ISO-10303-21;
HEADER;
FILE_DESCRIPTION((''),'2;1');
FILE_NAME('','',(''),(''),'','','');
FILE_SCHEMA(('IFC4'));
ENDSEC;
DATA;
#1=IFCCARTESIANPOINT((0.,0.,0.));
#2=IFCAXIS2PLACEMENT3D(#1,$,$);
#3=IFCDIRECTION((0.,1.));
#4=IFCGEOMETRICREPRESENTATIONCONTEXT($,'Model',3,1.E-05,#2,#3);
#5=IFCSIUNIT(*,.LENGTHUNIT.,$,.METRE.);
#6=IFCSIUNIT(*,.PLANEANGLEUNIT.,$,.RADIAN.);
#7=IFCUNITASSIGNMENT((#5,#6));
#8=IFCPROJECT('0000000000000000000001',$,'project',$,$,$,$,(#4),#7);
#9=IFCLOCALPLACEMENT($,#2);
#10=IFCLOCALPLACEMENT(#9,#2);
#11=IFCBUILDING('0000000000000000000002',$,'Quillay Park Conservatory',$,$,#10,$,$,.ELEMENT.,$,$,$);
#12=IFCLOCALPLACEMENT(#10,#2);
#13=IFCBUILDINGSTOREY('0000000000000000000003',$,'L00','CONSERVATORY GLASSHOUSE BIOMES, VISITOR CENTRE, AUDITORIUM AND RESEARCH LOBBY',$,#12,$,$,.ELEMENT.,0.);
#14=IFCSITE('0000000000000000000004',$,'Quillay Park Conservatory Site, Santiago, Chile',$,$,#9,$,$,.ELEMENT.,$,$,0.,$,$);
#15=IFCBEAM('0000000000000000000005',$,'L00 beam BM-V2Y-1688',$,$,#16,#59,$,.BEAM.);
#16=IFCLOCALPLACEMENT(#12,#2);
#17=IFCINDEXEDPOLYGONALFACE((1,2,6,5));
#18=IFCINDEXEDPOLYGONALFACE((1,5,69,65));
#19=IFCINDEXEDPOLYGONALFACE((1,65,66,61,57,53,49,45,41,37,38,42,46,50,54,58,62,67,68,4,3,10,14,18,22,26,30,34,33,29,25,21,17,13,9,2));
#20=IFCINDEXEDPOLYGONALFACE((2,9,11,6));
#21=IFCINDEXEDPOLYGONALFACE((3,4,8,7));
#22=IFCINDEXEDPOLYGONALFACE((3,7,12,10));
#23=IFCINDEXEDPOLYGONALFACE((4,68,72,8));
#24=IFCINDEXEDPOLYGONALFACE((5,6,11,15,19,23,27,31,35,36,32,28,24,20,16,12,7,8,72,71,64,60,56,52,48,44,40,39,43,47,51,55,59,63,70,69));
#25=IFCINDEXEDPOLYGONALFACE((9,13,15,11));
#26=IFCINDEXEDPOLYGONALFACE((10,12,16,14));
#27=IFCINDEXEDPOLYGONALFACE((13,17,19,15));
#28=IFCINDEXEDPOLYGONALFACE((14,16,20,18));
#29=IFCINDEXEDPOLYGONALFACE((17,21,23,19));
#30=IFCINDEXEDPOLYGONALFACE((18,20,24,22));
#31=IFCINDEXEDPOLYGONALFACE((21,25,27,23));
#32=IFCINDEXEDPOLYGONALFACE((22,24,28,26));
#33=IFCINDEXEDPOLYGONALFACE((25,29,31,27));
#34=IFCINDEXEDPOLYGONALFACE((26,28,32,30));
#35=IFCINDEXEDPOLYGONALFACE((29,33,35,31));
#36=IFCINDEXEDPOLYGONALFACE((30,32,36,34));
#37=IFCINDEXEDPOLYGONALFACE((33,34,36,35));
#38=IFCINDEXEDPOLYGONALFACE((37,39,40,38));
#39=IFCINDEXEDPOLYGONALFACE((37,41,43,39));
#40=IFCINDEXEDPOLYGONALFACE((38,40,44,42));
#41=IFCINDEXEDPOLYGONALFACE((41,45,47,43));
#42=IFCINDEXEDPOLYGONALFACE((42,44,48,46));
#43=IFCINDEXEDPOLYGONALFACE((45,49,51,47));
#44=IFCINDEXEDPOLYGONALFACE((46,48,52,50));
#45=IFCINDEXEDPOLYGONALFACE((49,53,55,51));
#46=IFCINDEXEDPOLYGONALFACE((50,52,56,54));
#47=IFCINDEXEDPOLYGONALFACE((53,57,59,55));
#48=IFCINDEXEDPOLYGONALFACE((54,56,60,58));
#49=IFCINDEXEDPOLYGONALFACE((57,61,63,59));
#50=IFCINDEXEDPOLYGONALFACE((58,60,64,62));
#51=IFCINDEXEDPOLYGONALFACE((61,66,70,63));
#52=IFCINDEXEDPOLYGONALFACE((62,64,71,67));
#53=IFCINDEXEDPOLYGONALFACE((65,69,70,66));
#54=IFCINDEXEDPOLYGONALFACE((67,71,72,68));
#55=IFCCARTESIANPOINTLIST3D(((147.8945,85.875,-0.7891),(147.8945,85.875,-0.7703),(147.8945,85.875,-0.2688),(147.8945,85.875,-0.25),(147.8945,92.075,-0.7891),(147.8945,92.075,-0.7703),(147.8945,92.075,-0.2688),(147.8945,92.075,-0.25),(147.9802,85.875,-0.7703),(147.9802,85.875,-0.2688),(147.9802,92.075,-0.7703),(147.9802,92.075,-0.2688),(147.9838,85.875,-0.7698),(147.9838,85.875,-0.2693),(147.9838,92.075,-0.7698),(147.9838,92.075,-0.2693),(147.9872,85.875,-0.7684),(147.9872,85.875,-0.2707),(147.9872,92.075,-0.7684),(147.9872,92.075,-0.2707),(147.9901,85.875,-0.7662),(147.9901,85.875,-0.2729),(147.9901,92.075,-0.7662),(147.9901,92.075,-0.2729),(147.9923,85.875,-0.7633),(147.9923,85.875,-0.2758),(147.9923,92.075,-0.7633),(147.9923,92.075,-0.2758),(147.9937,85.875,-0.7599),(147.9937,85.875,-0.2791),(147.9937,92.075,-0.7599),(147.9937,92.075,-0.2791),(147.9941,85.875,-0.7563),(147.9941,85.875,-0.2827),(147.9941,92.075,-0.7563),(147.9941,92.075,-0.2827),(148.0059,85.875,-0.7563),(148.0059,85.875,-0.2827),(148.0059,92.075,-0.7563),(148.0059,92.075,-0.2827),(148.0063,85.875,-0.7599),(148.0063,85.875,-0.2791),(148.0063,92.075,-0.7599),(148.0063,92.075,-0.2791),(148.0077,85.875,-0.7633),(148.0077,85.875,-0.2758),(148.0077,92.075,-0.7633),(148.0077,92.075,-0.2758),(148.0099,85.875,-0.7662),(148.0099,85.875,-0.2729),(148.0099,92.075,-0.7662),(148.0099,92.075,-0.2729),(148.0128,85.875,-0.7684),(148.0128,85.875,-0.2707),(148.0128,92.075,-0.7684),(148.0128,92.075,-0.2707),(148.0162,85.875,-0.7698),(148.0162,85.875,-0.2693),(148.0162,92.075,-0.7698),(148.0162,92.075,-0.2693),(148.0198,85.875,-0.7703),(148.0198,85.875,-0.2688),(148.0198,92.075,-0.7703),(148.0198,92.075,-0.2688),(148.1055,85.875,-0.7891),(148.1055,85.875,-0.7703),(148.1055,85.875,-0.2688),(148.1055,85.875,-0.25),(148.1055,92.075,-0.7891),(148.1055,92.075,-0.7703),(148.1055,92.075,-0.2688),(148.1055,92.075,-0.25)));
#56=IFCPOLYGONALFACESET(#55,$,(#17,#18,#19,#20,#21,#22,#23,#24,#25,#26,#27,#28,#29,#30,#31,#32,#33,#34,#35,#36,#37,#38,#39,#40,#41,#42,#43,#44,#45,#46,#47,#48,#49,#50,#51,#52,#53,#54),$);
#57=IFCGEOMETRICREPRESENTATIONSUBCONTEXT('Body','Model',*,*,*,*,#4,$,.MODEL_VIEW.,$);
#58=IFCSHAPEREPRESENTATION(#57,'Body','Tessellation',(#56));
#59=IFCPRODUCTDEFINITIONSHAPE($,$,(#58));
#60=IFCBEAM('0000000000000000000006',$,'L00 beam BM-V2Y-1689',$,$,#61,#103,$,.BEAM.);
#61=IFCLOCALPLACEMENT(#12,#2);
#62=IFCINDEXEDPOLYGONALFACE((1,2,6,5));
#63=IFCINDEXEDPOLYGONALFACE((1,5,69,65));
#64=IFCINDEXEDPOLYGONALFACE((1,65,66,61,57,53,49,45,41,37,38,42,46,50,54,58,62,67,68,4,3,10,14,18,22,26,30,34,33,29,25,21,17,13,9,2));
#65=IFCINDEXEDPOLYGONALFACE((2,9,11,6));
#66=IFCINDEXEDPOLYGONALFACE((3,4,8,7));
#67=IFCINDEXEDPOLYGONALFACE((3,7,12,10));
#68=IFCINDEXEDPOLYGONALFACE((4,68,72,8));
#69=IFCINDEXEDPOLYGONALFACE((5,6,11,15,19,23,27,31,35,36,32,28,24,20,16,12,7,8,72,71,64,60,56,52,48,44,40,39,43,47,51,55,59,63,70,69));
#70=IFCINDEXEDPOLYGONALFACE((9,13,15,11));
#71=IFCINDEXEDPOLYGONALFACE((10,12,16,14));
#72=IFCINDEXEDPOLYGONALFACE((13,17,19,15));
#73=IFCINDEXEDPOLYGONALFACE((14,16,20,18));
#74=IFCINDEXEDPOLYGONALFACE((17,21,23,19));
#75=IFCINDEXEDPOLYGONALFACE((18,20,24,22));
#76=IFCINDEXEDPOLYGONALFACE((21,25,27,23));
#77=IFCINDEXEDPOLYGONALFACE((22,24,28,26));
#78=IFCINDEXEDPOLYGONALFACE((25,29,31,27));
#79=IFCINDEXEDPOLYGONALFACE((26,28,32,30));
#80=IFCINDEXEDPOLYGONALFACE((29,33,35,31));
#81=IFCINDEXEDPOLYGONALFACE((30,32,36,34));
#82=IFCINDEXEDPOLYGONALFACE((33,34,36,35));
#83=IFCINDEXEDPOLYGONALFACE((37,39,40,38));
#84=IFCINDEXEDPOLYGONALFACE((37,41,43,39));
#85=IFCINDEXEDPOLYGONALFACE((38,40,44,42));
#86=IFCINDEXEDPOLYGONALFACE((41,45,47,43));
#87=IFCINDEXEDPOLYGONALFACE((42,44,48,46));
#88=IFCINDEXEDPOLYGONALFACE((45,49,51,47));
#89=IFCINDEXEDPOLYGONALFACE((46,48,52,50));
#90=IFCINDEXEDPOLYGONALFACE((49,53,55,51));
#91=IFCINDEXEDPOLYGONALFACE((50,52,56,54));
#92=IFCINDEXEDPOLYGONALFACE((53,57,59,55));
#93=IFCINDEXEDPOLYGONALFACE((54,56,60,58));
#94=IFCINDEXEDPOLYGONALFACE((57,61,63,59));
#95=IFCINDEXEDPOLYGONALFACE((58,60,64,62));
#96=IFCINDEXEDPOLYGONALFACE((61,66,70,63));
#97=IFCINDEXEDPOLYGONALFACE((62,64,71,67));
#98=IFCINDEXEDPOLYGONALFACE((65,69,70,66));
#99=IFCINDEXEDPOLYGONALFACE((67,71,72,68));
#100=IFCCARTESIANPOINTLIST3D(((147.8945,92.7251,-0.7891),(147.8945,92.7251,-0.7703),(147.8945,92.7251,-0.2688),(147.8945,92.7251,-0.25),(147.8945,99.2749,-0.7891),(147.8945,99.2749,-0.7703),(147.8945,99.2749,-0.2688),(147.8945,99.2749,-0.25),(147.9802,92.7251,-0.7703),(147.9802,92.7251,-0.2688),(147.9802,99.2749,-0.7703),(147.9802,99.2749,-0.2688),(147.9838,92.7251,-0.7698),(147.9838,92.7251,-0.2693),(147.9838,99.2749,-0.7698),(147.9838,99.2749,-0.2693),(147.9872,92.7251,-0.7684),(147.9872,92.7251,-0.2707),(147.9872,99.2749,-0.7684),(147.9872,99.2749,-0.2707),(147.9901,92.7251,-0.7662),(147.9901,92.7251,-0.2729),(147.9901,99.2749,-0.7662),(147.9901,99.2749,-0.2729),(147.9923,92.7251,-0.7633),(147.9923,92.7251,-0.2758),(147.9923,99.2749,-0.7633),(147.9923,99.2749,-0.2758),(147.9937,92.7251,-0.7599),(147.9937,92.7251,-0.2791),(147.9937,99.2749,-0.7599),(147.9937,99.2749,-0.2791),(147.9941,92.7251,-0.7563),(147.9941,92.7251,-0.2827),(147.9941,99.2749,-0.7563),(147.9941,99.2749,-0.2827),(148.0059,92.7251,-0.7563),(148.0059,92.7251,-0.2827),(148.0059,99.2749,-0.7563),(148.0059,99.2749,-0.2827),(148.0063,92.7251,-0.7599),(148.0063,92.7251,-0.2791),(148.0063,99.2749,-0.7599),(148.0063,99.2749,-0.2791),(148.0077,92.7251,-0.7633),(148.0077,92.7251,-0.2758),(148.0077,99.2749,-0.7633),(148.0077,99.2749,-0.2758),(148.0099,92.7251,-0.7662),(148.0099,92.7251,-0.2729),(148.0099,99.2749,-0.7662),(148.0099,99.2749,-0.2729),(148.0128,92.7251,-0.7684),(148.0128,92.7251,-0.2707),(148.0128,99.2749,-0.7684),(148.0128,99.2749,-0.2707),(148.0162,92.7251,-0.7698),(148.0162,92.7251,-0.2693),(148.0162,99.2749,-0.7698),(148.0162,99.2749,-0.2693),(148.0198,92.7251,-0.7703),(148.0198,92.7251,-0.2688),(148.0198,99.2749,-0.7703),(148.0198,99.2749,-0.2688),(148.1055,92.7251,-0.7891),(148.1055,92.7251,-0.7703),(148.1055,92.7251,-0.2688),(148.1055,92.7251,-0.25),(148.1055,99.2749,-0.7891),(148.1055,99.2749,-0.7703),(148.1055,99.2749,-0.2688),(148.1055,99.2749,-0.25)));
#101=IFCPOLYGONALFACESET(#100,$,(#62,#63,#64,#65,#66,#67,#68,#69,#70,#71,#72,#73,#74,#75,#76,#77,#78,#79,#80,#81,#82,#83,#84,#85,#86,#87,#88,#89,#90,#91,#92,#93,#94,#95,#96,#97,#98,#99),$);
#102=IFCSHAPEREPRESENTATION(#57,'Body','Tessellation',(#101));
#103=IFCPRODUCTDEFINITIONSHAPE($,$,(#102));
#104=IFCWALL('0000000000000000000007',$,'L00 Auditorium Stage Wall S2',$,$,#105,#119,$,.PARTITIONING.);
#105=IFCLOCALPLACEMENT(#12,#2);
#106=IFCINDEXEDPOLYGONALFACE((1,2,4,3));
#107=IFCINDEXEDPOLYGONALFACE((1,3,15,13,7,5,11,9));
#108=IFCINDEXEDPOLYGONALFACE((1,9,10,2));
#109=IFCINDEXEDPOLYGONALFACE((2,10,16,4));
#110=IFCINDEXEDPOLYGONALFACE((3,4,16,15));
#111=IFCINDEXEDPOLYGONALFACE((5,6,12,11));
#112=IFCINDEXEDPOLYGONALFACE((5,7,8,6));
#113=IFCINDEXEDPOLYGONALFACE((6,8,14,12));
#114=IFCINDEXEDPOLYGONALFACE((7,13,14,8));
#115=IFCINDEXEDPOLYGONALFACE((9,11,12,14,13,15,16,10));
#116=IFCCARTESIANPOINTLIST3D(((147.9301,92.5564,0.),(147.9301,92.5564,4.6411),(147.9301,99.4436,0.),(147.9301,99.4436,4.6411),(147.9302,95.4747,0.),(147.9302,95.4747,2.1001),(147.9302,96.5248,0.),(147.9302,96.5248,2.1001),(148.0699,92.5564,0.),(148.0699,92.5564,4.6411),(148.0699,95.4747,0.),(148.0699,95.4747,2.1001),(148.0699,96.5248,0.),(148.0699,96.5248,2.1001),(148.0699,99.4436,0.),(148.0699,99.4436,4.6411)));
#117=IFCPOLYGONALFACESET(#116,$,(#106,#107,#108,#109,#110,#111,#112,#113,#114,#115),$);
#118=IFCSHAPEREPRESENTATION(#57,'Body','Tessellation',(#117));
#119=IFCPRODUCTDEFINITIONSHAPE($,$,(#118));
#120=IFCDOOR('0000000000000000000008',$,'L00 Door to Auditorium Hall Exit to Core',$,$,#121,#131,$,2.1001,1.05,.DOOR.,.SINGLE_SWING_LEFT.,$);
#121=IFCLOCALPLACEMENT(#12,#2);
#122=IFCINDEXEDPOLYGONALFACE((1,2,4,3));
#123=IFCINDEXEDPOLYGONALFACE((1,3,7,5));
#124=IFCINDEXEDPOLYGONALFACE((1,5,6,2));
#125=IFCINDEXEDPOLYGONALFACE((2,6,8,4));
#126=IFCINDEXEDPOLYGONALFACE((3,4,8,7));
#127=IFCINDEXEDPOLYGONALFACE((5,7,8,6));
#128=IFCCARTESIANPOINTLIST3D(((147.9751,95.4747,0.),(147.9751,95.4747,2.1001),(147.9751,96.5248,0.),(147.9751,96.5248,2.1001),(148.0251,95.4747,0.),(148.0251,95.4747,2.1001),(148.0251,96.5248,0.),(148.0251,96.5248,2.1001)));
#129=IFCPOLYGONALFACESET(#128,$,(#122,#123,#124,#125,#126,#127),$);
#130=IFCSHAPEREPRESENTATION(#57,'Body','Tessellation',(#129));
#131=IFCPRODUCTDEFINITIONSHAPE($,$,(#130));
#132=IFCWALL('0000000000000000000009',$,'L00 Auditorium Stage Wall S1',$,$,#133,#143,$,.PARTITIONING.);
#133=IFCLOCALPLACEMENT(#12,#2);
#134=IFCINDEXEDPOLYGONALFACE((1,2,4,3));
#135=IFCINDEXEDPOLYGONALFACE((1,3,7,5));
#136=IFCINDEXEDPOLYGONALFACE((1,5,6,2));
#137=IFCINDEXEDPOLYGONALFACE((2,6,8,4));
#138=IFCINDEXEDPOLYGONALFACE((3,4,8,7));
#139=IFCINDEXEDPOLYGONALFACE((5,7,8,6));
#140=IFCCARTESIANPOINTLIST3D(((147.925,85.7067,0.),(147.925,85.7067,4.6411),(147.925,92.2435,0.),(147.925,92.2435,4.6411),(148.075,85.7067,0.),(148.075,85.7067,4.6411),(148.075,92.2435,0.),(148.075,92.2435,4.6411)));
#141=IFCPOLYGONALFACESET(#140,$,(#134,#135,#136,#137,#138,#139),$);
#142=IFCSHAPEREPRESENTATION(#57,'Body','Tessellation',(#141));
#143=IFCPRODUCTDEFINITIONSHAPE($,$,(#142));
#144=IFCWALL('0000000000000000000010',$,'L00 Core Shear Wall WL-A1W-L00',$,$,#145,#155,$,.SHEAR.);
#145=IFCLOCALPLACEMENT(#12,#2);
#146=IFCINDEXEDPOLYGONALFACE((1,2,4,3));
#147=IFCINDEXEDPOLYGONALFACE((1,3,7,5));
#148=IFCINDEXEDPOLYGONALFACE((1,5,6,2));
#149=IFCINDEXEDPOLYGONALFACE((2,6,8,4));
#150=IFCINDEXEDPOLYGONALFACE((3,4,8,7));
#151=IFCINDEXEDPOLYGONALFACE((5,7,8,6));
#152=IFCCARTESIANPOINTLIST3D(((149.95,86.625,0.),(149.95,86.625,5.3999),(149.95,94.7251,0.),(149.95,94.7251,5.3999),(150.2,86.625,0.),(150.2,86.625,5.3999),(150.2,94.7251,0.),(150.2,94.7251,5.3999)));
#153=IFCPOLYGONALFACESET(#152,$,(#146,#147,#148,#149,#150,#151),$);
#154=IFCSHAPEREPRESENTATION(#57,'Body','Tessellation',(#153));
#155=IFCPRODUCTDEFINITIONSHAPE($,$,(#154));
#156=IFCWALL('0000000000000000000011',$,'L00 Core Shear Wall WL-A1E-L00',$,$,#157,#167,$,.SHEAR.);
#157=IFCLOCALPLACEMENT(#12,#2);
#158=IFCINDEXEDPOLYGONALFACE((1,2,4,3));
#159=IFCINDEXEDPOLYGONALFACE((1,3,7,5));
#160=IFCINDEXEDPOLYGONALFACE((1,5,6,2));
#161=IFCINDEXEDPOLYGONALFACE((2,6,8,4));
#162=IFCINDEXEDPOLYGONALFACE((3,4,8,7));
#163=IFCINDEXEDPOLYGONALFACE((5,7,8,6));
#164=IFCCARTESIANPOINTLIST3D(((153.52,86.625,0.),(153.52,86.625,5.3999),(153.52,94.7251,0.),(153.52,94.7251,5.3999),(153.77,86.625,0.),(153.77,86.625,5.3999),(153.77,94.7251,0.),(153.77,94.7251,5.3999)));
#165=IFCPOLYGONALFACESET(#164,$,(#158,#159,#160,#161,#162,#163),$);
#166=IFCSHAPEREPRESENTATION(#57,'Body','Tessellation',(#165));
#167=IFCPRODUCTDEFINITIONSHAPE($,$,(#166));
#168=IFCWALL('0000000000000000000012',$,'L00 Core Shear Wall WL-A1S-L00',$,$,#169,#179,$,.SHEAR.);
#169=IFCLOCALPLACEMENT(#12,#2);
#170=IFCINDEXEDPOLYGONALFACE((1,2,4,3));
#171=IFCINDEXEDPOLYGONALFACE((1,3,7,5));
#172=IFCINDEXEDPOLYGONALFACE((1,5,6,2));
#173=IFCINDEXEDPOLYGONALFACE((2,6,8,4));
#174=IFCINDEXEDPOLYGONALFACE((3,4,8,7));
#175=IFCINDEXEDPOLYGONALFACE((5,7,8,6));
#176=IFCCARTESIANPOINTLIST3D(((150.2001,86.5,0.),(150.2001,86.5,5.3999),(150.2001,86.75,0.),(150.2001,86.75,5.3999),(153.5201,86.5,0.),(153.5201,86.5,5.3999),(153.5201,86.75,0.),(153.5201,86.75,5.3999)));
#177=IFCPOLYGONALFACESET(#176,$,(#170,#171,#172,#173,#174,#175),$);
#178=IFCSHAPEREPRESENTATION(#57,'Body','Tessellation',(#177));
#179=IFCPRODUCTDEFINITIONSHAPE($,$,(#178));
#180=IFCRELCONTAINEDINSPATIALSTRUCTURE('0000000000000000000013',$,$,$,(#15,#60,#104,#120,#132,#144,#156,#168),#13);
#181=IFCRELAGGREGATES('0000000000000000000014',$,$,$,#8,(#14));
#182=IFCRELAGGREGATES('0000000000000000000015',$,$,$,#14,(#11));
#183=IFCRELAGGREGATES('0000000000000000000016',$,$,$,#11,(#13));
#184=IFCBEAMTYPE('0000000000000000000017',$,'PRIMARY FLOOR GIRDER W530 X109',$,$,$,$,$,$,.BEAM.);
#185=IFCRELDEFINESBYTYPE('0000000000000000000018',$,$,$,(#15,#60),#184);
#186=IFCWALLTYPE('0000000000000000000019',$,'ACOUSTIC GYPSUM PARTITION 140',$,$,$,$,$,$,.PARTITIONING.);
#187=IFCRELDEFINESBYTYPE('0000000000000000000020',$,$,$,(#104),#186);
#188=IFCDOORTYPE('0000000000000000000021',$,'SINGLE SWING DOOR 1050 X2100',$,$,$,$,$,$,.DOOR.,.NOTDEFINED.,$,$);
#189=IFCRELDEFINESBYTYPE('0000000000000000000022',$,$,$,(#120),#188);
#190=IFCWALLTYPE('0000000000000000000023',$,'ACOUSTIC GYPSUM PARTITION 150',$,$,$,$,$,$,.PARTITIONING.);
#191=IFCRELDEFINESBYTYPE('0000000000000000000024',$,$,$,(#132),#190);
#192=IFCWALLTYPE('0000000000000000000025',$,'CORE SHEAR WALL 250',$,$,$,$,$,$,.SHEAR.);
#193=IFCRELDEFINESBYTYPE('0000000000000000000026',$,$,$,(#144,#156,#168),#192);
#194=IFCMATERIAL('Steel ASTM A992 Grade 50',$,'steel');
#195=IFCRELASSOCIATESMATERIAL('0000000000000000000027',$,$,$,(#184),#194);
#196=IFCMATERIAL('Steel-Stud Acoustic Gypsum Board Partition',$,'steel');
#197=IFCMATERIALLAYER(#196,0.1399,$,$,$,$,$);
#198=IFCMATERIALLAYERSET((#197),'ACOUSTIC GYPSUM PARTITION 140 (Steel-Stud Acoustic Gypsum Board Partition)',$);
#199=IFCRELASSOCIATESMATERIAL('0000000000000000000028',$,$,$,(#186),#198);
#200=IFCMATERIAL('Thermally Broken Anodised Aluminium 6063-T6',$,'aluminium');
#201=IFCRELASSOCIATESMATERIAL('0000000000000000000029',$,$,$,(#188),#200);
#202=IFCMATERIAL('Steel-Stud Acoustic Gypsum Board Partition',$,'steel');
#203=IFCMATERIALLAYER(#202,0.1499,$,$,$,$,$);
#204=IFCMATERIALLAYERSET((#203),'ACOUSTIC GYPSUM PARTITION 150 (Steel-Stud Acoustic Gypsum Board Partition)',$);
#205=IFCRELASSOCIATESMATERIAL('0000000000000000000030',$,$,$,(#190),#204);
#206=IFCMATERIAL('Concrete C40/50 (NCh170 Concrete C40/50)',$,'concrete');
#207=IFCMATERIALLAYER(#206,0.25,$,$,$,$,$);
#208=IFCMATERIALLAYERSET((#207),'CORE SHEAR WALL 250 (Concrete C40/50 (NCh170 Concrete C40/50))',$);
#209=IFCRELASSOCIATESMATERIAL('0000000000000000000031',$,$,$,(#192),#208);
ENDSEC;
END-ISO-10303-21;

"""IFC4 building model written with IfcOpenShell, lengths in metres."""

from ifc_helpers import new_model, si_unit, direction, frame, frame_2d, origin, origin_2d, place, context, subcontext, project, spatial, rectangle, i_section, extrude, material, layer, layer_set, material_profile, profile_set, type_object, element, fill, save


model = new_model("IFC4")

# Units and contexts
model_context = context("Model", 3, precision=1e-05, world=origin(), true_north=direction((0.0, 1.0)))
body_context = subcontext(model_context, "Body", "Model", "MODEL_VIEW")
ifc_project = project(units=[si_unit("LENGTHUNIT", "METRE"), si_unit("PLANEANGLEUNIT", "RADIAN")], contexts=[model_context])

# Site, building, storey
site_placement = place(None, origin())
site = spatial("IfcSite", under=ifc_project, at=site_placement, Name="Quillay Park Conservatory Site, Santiago, Chile", CompositionType="ELEMENT", RefElevation=0.0)
building_placement = place(site_placement, origin())
building = spatial("IfcBuilding", under=site, at=building_placement, Name="Quillay Park Conservatory", CompositionType="ELEMENT")
storey_placement = place(building_placement, origin())
storey = spatial("IfcBuildingStorey", under=building, at=storey_placement, Name="L00", Description="CONSERVATORY GLASSHOUSE BIOMES, VISITOR CENTRE, AUDITORIUM AND RESEARCH LOBBY", CompositionType="ELEMENT", Elevation=0.0)

# Beams
ifc_material_1 = material(Name="Steel ASTM A992 Grade 50", Category="steel")
ifc_material_profile_1 = material_profile(ifc_material_1, i_section(OverallWidth=0.2109, OverallDepth=0.5391, WebThickness=0.0117, FlangeThickness=0.0188, FilletRadius=0.0139, at=origin_2d()), Name="W530x109")
ifc_profile_set_1 = profile_set([ifc_material_profile_1], Name="Steel ASTM A992 Grade 50")
beam_type_1 = type_object("IfcBeamType", Name="PRIMARY FLOOR GIRDER W530 X109", PredefinedType="BEAM", material=ifc_profile_set_1)
beam_1_placement = place(storey_placement, frame((148.0, 85.875, -0.5195), z_axis=(0.0, 1.0, 0.0), x_axis=(-1.0, 0.0, 0.0)))
element("IfcBeam", 1, at=beam_1_placement, inside=storey, type_object=beam_type_1, Name="L00 beam BM-V2Y-1688", PredefinedType="BEAM", context=body_context, shape_type="SweptSolid", body=[
    extrude(i_section(OverallWidth=0.2109, OverallDepth=0.5391, WebThickness=0.0117, FlangeThickness=0.0188, FilletRadius=0.0139, at=origin_2d()), origin(), (0.0, 0.0, 1.0), 6.2),
])
beam_2_placement = place(storey_placement, frame((148.0, 92.7251, -0.5195), z_axis=(0.0, 1.0, 0.0), x_axis=(-1.0, 0.0, 0.0)))
element("IfcBeam", 2, at=beam_2_placement, inside=storey, type_object=beam_type_1, Name="L00 beam BM-V2Y-1689", PredefinedType="BEAM", context=body_context, shape_type="SweptSolid", body=[
    extrude(i_section(OverallWidth=0.2109, OverallDepth=0.5391, WebThickness=0.0117, FlangeThickness=0.0188, FilletRadius=0.0139, at=origin_2d()), origin(), (0.0, 0.0, 1.0), 6.5498),
])

# Wall, opening, door
ifc_material_2 = material(Name="Steel-Stud Acoustic Gypsum Board Partition", Category="steel")
ifc_layer_1 = layer(ifc_material_2, 0.1399)
ifc_layer_set_1 = layer_set([ifc_layer_1], Name="ACOUSTIC GYPSUM PARTITION 140 (Steel-Stud Acoustic Gypsum Board Partition)")
wall_type_1 = type_object("IfcWallType", Name="ACOUSTIC GYPSUM PARTITION 140", PredefinedType="PARTITIONING", material=ifc_layer_set_1)
wall_1_placement = place(storey_placement, frame((148.0, 92.5564, 0.0), z_axis=(0.0, 0.0, 1.0), x_axis=(0.0, 1.0, 0.0)))
wall_1 = element("IfcWall", 3, at=wall_1_placement, inside=storey, type_object=wall_type_1, Name="L00 Auditorium Stage Wall S2", PredefinedType="PARTITIONING", context=body_context, shape_type="SweptSolid", body=[
    extrude(rectangle(XDim=6.8872, YDim=0.1399, at=frame_2d((3.4436, 0.0))), origin(), (0.0, 0.0, 1.0), 4.6411),
])
opening_1_placement = place(wall_1_placement, frame((2.9185, 0.0, 0.0)))
opening_1 = element("IfcOpeningElement", 4, at=opening_1_placement, cuts=wall_1, PredefinedType="OPENING", context=body_context, shape_type="SweptSolid", body=[
    extrude(rectangle(XDim=1.05, YDim=2.1001, at=frame_2d((0.5249, 1.05))), frame((0.0, 0.0698, 0.0), z_axis=(0.0, -1.0, 0.0), x_axis=(1.0, 0.0, 0.0)), (0.0, 0.0, 1.0), 0.1399),
])
ifc_material_3 = material(Name="Thermally Broken Anodised Aluminium 6063-T6", Category="aluminium")
door_type_1 = type_object("IfcDoorType", Name="SINGLE SWING DOOR 1050 X2100", OperationType="NOTDEFINED", PredefinedType="DOOR", material=ifc_material_3)
door_1_placement = place(opening_1_placement, origin())
door_1 = element("IfcDoor", 5, at=door_1_placement, inside=storey, type_object=door_type_1, Name="L00 Door to Auditorium Hall Exit to Core", OperationType="SINGLE_SWING_LEFT", OverallHeight=2.1001, OverallWidth=1.05, PredefinedType="DOOR", context=body_context, shape_type="SweptSolid", body=[
    extrude(rectangle(XDim=1.05, YDim=2.1001, at=frame_2d((0.5249, 1.05))), frame((0.0, 0.0249, 0.0), z_axis=(0.0, -1.0, 0.0), x_axis=(1.0, 0.0, 0.0)), (0.0, 0.0, 1.0), 0.05),
])
fill(opening_1, door_1)

# Walls
ifc_material_4 = material(Name="Steel-Stud Acoustic Gypsum Board Partition", Category="steel")
ifc_layer_2 = layer(ifc_material_4, 0.1499)
ifc_layer_set_2 = layer_set([ifc_layer_2], Name="ACOUSTIC GYPSUM PARTITION 150 (Steel-Stud Acoustic Gypsum Board Partition)")
wall_type_2 = type_object("IfcWallType", Name="ACOUSTIC GYPSUM PARTITION 150", PredefinedType="PARTITIONING", material=ifc_layer_set_2)
wall_2_placement = place(storey_placement, frame((148.0, 85.7065, 0.0), z_axis=(0.0, 0.0, 1.0), x_axis=(0.0, 1.0, 0.0)))
element("IfcWall", 6, at=wall_2_placement, inside=storey, type_object=wall_type_2, Name="L00 Auditorium Stage Wall S1", PredefinedType="PARTITIONING", context=body_context, shape_type="SweptSolid", body=[
    extrude(rectangle(XDim=6.5369, YDim=0.1499, at=frame_2d((3.2686, 0.0))), origin(), (0.0, 0.0, 1.0), 4.6411),
])
ifc_material_5 = material(Name="Concrete C40/50 (NCh170 Concrete C40/50)", Category="concrete")
ifc_layer_3 = layer(ifc_material_5, 0.25)
ifc_layer_set_3 = layer_set([ifc_layer_3], Name="CORE SHEAR WALL 250 (Concrete C40/50 (NCh170 Concrete C40/50))")
wall_type_3 = type_object("IfcWallType", Name="CORE SHEAR WALL 250", PredefinedType="SHEAR", material=ifc_layer_set_3)
for number, where, z_axis, x_axis, name in (
    (7, (150.075, 86.625, 0.0), (0.0, 0.0, 1.0), (0.0, 1.0, 0.0), "L00 Core Shear Wall WL-A1W-L00"),
    (8, (153.645, 86.625, 0.0), (0.0, 0.0, 1.0), (0.0, 1.0, 0.0), "L00 Core Shear Wall WL-A1E-L00"),
):
    element("IfcWall", number, at=place(storey_placement, frame(where, z_axis=z_axis, x_axis=x_axis)), inside=storey, type_object=wall_type_3, Name=name, PredefinedType="SHEAR", context=body_context, shape_type="SweptSolid", body=[
        extrude(rectangle(XDim=8.1001, YDim=0.25, at=frame_2d((4.05, 0.0))), origin(), (0.0, 0.0, 1.0), 5.3999),
    ])
wall_3_placement = place(storey_placement, frame((150.2, 86.625, 0.0), z_axis=(0.0, 0.0, 1.0), x_axis=(1.0, 0.0, 0.0)))
element("IfcWall", 9, at=wall_3_placement, inside=storey, type_object=wall_type_3, Name="L00 Core Shear Wall WL-A1S-L00", PredefinedType="SHEAR", context=body_context, shape_type="SweptSolid", body=[
    extrude(rectangle(XDim=3.3201, YDim=0.25, at=frame_2d((1.6602, 0.0))), origin(), (0.0, 0.0, 1.0), 5.3999),
])

save(model, "model.ifc")
